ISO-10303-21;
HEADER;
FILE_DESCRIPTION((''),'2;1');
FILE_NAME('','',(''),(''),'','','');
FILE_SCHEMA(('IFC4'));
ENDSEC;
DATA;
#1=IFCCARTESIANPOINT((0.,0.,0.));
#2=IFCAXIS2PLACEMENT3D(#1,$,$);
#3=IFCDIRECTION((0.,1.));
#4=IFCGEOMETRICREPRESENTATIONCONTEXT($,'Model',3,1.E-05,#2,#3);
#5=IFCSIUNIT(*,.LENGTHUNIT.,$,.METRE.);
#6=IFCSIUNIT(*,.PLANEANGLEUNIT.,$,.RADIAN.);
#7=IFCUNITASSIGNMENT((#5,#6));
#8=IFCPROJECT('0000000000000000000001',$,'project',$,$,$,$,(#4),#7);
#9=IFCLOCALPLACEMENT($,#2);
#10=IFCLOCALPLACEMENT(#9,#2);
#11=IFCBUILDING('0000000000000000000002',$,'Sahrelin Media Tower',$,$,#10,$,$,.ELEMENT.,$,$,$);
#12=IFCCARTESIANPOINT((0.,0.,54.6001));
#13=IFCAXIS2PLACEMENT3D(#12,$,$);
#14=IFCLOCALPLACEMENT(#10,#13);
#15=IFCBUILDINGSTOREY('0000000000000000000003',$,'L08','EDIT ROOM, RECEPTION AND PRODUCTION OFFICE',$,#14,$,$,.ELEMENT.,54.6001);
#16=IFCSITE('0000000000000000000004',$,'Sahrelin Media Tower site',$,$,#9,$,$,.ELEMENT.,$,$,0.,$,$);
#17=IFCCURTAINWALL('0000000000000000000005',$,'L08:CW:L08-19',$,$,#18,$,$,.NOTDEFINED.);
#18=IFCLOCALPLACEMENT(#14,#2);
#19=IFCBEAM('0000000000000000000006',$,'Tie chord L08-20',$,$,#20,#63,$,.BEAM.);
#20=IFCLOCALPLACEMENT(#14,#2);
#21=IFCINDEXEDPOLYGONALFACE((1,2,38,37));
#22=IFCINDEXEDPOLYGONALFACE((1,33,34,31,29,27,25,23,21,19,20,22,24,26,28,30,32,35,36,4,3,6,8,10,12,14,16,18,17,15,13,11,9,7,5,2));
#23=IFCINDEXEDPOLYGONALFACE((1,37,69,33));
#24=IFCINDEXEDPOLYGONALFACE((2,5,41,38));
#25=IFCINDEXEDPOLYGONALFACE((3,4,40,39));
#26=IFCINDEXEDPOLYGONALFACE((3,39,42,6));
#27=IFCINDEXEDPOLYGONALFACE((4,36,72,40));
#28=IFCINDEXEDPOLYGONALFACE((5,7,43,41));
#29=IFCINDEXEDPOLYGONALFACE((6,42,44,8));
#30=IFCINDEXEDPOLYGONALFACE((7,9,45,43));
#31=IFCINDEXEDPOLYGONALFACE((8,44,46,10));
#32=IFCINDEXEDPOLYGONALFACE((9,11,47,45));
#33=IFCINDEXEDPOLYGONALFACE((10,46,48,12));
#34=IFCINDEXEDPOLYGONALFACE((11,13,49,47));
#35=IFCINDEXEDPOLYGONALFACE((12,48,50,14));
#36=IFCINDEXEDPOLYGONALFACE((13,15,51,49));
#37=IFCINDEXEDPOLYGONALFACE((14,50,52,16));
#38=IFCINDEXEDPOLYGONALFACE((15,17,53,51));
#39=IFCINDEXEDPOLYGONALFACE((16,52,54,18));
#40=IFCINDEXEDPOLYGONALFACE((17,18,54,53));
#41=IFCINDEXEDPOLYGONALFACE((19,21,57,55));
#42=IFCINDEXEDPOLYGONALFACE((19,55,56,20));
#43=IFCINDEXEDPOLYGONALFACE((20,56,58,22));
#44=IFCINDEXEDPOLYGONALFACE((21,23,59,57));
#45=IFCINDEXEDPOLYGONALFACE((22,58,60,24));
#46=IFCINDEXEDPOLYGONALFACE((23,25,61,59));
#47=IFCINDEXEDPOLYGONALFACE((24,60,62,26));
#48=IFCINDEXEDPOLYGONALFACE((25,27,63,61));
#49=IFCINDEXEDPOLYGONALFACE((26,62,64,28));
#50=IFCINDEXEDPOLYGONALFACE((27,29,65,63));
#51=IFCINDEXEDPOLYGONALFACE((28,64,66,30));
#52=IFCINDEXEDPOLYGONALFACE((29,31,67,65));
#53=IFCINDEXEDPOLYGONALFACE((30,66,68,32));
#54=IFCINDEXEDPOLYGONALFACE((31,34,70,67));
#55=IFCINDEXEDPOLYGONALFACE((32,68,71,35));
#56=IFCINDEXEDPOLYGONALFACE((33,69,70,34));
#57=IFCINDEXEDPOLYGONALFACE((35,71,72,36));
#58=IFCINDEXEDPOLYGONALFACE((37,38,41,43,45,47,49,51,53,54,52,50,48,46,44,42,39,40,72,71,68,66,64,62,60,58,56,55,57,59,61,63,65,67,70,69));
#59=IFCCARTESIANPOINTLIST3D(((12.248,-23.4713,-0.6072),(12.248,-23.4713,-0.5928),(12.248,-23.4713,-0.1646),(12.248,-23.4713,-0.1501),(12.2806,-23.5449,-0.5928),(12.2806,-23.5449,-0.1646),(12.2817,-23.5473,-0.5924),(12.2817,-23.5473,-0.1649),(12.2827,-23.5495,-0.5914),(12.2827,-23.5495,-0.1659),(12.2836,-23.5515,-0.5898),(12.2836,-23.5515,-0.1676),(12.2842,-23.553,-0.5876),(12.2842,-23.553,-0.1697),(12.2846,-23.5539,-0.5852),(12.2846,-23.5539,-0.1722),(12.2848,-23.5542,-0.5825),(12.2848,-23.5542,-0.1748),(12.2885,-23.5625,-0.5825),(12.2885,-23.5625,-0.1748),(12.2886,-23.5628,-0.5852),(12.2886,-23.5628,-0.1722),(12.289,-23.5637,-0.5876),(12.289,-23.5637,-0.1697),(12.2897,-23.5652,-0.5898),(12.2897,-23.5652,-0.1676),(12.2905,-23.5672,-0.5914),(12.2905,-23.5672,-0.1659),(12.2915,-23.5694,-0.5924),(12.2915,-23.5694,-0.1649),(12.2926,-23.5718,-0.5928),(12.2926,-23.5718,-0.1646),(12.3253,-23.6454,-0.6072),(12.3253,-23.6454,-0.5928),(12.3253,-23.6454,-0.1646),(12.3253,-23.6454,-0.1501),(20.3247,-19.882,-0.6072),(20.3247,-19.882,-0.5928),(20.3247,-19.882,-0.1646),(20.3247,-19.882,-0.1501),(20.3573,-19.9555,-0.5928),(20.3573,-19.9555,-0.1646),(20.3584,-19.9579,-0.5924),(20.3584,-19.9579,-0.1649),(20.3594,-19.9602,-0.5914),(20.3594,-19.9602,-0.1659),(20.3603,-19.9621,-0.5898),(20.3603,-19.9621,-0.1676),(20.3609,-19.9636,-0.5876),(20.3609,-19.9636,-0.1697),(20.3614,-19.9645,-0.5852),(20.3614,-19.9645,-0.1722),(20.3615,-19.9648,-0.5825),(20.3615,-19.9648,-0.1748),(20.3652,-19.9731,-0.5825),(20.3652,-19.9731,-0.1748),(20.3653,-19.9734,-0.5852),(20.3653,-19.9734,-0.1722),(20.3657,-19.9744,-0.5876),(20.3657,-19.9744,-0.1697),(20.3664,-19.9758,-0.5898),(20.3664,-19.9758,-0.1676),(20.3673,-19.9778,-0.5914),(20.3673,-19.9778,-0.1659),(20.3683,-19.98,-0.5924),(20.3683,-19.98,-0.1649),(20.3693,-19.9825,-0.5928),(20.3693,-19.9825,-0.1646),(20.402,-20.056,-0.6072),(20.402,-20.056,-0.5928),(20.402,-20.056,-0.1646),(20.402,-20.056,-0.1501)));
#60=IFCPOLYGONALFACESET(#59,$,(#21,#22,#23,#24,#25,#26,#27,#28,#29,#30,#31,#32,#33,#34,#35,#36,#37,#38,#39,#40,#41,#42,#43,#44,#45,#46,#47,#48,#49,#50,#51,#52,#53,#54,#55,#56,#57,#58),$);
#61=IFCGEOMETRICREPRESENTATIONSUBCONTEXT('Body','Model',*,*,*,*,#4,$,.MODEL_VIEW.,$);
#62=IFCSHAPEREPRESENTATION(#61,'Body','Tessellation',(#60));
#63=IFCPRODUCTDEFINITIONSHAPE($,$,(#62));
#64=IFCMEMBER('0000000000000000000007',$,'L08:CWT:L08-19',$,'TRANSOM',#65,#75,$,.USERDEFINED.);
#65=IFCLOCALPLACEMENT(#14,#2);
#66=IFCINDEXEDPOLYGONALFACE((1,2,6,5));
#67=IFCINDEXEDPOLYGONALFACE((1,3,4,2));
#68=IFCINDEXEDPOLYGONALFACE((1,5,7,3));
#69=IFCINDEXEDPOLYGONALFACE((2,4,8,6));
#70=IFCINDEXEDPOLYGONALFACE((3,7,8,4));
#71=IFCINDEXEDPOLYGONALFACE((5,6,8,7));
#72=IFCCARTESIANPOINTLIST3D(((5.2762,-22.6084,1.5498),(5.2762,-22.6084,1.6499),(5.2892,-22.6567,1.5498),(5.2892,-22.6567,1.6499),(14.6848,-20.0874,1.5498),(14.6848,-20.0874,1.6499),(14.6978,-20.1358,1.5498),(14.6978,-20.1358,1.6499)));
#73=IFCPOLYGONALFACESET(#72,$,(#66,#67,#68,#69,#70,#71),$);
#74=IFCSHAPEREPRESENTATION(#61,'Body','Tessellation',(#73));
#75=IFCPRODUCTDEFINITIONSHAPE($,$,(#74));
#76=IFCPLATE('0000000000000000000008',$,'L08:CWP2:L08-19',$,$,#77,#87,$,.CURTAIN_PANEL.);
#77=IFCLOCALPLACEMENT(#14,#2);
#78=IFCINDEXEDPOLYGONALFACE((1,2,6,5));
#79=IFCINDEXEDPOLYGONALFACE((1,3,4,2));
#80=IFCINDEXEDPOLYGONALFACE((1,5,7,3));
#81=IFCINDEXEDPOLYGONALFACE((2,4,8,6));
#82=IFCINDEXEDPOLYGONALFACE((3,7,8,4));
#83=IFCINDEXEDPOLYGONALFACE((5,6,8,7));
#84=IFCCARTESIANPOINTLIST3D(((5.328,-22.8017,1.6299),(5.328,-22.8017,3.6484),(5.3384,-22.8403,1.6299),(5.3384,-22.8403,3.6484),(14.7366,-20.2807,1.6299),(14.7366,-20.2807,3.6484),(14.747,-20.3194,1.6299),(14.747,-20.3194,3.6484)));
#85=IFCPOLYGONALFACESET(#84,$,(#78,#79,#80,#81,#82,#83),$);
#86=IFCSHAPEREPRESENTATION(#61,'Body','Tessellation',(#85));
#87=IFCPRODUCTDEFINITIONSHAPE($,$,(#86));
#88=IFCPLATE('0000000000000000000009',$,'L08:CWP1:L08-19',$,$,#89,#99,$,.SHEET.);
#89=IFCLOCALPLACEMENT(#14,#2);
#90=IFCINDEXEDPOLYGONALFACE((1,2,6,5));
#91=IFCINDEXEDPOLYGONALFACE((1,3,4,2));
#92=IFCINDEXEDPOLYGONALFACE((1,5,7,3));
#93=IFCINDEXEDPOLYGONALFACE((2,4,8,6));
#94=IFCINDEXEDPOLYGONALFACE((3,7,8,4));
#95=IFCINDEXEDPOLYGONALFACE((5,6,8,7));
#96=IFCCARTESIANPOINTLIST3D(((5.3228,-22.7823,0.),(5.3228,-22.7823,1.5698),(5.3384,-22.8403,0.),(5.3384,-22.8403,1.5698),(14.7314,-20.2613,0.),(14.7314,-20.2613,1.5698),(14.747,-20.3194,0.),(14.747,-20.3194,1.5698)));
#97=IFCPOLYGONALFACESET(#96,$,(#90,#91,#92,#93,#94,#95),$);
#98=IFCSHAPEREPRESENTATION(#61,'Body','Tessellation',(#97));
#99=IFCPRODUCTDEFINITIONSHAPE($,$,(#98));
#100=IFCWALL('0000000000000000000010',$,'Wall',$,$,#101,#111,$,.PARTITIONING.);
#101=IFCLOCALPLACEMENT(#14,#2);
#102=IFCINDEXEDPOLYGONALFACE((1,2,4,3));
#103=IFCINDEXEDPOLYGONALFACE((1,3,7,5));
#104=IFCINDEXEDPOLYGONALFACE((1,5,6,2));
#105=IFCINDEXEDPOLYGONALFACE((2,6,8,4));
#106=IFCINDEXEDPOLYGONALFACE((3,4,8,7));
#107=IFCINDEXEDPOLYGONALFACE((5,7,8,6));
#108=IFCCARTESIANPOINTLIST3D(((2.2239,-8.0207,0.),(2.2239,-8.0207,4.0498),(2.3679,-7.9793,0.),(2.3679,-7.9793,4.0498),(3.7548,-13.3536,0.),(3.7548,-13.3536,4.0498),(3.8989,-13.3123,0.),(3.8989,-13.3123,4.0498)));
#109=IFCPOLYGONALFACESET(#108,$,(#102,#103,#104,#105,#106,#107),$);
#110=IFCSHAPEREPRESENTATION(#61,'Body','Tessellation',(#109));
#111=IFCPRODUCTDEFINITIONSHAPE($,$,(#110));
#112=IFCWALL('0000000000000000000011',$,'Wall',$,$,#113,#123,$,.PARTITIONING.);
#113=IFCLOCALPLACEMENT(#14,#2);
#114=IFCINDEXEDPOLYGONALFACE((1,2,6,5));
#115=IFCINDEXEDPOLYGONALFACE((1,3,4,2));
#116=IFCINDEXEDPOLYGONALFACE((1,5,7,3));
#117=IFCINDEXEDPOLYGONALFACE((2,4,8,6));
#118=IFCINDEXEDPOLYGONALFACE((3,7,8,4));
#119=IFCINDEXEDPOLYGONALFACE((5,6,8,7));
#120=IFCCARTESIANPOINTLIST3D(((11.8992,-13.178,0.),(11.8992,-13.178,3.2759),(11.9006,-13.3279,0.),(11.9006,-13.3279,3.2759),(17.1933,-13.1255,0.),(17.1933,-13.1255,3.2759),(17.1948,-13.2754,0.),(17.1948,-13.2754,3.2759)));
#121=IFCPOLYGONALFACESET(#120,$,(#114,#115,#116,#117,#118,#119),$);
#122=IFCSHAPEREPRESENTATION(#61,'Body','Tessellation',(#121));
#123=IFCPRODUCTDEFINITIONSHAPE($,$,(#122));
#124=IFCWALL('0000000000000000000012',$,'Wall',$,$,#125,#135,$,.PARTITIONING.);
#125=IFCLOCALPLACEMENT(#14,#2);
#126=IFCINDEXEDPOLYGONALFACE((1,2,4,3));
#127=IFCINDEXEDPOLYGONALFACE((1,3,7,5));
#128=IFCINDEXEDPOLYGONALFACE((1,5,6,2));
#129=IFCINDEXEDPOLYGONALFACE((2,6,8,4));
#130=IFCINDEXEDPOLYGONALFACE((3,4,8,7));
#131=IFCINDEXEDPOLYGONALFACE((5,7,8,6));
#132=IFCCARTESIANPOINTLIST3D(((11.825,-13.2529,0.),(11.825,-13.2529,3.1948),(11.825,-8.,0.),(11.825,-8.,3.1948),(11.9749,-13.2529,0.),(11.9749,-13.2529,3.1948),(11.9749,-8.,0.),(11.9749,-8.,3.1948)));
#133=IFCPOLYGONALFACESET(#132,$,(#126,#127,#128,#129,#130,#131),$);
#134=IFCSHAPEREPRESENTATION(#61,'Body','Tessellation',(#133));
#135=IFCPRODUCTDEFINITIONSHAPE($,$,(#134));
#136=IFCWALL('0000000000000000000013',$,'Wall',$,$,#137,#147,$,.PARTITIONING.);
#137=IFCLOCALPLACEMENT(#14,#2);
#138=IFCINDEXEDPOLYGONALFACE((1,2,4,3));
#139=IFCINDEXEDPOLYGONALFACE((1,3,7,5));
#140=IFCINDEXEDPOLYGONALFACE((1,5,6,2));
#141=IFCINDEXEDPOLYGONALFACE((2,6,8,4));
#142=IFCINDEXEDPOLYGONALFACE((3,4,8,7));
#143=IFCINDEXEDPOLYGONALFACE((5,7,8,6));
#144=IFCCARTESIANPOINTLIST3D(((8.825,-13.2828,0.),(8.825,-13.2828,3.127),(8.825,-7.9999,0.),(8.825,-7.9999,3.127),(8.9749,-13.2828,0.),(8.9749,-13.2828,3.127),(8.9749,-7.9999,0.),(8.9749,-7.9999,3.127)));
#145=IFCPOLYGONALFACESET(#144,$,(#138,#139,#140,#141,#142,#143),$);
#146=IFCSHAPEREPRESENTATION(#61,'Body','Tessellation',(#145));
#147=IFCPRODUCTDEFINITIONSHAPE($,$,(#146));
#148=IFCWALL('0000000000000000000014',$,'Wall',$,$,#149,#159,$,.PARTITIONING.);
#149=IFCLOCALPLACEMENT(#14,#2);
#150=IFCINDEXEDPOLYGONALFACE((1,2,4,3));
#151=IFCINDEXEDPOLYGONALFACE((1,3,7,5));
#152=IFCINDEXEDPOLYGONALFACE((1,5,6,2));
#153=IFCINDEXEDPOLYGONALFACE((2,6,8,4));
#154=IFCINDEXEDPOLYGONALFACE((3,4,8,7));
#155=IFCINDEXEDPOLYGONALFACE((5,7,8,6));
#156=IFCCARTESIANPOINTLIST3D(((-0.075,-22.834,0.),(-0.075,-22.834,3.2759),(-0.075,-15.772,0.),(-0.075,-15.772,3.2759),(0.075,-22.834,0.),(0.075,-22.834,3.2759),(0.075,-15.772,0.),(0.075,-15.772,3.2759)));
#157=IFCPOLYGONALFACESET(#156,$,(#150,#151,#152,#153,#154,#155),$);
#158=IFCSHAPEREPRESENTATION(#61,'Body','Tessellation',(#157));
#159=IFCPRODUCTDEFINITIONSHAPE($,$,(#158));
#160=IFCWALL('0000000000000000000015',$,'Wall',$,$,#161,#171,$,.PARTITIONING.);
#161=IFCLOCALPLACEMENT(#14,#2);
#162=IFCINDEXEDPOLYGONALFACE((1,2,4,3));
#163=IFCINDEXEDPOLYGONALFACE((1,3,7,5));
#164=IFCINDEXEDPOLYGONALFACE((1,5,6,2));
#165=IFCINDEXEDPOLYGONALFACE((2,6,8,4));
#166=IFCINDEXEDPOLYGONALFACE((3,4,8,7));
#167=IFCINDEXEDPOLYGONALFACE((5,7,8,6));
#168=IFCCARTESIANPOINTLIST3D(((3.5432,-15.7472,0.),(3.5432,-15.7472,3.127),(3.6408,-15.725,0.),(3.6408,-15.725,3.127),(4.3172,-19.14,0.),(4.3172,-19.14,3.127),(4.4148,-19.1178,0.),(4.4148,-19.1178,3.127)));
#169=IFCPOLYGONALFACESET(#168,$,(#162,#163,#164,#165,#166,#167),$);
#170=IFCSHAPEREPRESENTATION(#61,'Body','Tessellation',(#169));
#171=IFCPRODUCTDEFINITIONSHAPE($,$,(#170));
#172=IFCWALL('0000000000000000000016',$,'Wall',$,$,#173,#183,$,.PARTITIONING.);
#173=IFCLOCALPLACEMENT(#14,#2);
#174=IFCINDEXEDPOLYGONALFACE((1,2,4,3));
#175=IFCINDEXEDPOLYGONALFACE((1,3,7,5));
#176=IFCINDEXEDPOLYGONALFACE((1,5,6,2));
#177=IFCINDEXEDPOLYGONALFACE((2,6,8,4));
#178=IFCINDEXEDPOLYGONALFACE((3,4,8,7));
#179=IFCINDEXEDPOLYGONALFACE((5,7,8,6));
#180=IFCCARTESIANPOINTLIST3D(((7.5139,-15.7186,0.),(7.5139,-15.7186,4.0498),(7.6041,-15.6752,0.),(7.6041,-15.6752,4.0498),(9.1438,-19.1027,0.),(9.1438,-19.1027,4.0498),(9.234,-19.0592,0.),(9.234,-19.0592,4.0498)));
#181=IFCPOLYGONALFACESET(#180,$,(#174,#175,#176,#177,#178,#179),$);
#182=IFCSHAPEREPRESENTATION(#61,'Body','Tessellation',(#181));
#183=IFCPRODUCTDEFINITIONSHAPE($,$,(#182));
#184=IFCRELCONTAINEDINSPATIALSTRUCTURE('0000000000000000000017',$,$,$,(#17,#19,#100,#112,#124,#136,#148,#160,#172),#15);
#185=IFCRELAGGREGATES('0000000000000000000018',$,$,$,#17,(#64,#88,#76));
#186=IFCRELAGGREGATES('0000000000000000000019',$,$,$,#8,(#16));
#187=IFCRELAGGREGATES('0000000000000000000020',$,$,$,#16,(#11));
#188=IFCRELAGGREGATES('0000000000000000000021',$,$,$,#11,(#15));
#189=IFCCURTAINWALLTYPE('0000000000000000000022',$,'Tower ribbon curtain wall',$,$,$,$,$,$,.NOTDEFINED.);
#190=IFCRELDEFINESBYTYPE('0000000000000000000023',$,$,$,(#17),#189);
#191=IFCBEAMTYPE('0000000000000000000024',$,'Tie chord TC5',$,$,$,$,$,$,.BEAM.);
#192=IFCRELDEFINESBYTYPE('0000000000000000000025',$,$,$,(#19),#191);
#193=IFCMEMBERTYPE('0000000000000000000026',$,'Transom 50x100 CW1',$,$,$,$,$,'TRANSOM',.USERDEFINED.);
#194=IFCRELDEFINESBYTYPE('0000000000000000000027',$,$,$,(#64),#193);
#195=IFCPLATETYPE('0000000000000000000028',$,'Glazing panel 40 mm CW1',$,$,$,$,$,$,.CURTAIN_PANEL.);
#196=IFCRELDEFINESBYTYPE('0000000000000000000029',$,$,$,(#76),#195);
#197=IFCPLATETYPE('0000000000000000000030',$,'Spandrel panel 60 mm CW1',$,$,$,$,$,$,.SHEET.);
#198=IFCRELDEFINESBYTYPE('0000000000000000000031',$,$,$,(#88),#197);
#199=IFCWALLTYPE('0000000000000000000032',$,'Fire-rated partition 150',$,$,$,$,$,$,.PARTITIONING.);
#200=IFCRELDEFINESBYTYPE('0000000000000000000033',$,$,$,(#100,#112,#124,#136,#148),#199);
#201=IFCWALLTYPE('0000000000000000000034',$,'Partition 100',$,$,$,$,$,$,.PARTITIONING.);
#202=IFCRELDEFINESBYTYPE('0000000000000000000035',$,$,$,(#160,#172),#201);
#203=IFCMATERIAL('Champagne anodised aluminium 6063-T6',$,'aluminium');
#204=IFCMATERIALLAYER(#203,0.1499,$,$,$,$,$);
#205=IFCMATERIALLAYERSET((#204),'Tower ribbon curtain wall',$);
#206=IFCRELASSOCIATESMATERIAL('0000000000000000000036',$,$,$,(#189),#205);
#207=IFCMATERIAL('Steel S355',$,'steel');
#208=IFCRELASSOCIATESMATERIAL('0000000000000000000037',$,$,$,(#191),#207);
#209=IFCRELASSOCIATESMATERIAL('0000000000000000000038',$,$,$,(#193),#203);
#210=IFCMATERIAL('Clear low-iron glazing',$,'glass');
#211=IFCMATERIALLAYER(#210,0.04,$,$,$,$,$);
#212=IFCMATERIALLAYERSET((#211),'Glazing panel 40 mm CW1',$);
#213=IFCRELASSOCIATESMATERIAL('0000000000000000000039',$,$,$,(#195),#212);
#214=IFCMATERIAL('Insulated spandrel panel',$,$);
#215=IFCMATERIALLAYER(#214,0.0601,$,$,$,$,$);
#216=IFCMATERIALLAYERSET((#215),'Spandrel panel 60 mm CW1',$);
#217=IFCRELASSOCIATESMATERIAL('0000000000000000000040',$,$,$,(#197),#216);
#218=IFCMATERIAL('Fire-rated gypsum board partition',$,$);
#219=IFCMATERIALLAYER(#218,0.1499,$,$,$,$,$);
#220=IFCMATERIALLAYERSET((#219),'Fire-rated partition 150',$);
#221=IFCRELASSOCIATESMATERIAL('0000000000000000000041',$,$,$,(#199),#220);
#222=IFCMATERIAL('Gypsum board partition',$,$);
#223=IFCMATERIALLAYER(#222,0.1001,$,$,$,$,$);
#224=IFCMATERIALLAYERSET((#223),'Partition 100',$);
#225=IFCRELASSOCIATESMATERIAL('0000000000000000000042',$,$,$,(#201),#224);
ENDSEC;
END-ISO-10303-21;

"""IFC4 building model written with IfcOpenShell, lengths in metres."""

from ifc_helpers import new_model, si_unit, direction, frame, frame_2d, origin, origin_2d, place, context, subcontext, project, spatial, polyline, rectangle, i_section, outline, extrude, material, layer, layer_set, material_profile, profile_set, type_object, element, aggregate, save


model = new_model("IFC4")

# Units and contexts
model_context = context("Model", 3, precision=1e-05, world=origin(), true_north=direction((0.0, 1.0)))
body_context = subcontext(model_context, "Body", "Model", "MODEL_VIEW")
ifc_project = project(units=[si_unit("LENGTHUNIT", "METRE"), si_unit("PLANEANGLEUNIT", "RADIAN")], contexts=[model_context])

# Site, building, storey
site_placement = place(None, origin())
site = spatial("IfcSite", under=ifc_project, at=site_placement, Name="Sahrelin Media Tower site", CompositionType="ELEMENT", RefElevation=0.0)
building_placement = place(site_placement, origin())
building = spatial("IfcBuilding", under=site, at=building_placement, Name="Sahrelin Media Tower", CompositionType="ELEMENT")
storey_placement = place(building_placement, frame((0.0, 0.0, 54.6001)))
storey = spatial("IfcBuildingStorey", under=building, at=storey_placement, Name="L08", Description="EDIT ROOM, RECEPTION AND PRODUCTION OFFICE", CompositionType="ELEMENT", Elevation=54.6001)

# Shared definitions
ifc_material_1 = material(Name="Steel S355", Category="steel")

# Curtain wall
ifc_material_2 = material(Name="Champagne anodised aluminium 6063-T6", Category="aluminium")
ifc_layer_1 = layer(ifc_material_2, 0.1499)
ifc_layer_set_1 = layer_set([ifc_layer_1], Name="Tower ribbon curtain wall")
curtain_wall_type = type_object("IfcCurtainWallType", Name="Tower ribbon curtain wall", PredefinedType="NOTDEFINED", material=ifc_layer_set_1)
curtain_wall_placement = place(storey_placement, frame((10.0376, -21.5603, 0.0), z_axis=(0.0, 0.0, 1.0), x_axis=(1.0, 0.0, 0.0)))
curtain_wall = element("IfcCurtainWall", 1, at=curtain_wall_placement, inside=storey, type_object=curtain_wall_type, Name="L08:CW:L08-19", PredefinedType="NOTDEFINED")

# Beam
ifc_material_profile_1 = material_profile(ifc_material_1, i_section(OverallWidth=0.1904, OverallDepth=0.457, WebThickness=0.009, FlangeThickness=0.0144, FilletRadius=0.0103, at=origin_2d()), Name="UB 457x191x74")
ifc_profile_set_1 = profile_set([ifc_material_profile_1], Name="Steel S355")
beam_type_1 = type_object("IfcBeamType", Name="Tie chord TC5", PredefinedType="BEAM", material=ifc_profile_set_1)
beam_1_placement = place(storey_placement, frame((12.2866, -23.5583, -0.3787), z_axis=(0.913823, 0.406113, 0.0), x_axis=(-0.406113, 0.913823, 0.0)))
element("IfcBeam", 2, at=beam_1_placement, inside=storey, type_object=beam_type_1, Name="Tie chord L08-20", PredefinedType="BEAM", context=body_context, shape_type="SweptSolid", body=[
    extrude(i_section(OverallWidth=0.1904, OverallDepth=0.457, WebThickness=0.009, FlangeThickness=0.0144, FilletRadius=0.0103, at=origin_2d()), origin(), (0.0, 0.0, 1.0), 8.8384),
])

# Member
ifc_material_profile_2 = material_profile(ifc_material_2, rectangle(XDim=0.05, YDim=0.1001, at=origin_2d()), Name="Transom 50x100")
ifc_profile_set_2 = profile_set([ifc_material_profile_2], Name="Champagne anodised aluminium 6063-T6")
member_type_1 = type_object("IfcMemberType", Name="Transom 50x100 CW1", ElementType="TRANSOM", PredefinedType="USERDEFINED", material=ifc_profile_set_2)
member_1_placement = place(storey_placement, frame((5.2827, -22.6326, 1.5999), z_axis=(0.965927, 0.258814, 0.0), x_axis=(-0.258814, 0.965927, 0.0)))
member_1 = element("IfcMember", 3, at=member_1_placement, type_object=member_type_1, Name="L08:CWT:L08-19", ObjectType="TRANSOM", PredefinedType="USERDEFINED", context=body_context, shape_type="SweptSolid", body=[
    extrude(rectangle(XDim=0.05, YDim=0.1001, at=origin_2d()), origin(), (0.0, 0.0, 1.0), 9.7405),
])

# Plates
ifc_material_3 = material(Name="Clear low-iron glazing", Category="glass")
ifc_layer_2 = layer(ifc_material_3, 0.04)
ifc_layer_set_2 = layer_set([ifc_layer_2], Name="Glazing panel 40 mm CW1")
plate_type_1 = type_object("IfcPlateType", Name="Glazing panel 40 mm CW1", PredefinedType="CURTAIN_PANEL", material=ifc_layer_set_2)
plate_1_placement = place(storey_placement, frame((5.3384, -22.8403, 1.6299), z_axis=(0.258814, -0.965927, 0.0), x_axis=(0.965927, 0.258814, 0.0)))
plate_1 = element("IfcPlate", 4, at=plate_1_placement, type_object=plate_type_1, Name="L08:CWP2:L08-19", PredefinedType="CURTAIN_PANEL", context=body_context, shape_type="SweptSolid", body=[
    extrude(outline(polyline([(0.0, 0.0), (9.7405, 0.0), (9.7405, 2.0186), (0.0, 2.0186), (0.0, 0.0)])), origin(), (0.0, 0.0, -1.0), 0.04),
])
ifc_material_4 = material(Name="Insulated spandrel panel")
ifc_layer_3 = layer(ifc_material_4, 0.0601)
ifc_layer_set_3 = layer_set([ifc_layer_3], Name="Spandrel panel 60 mm CW1")
plate_type_2 = type_object("IfcPlateType", Name="Spandrel panel 60 mm CW1", PredefinedType="SHEET", material=ifc_layer_set_3)
plate_2_placement = place(storey_placement, frame((5.3384, -22.8403, 0.0), z_axis=(0.258814, -0.965927, 0.0), x_axis=(0.965927, 0.258814, 0.0)))
plate_2 = element("IfcPlate", 5, at=plate_2_placement, type_object=plate_type_2, Name="L08:CWP1:L08-19", PredefinedType="SHEET", context=body_context, shape_type="SweptSolid", body=[
    extrude(outline(polyline([(0.0, 0.0), (9.7405, 0.0), (9.7405, 1.5698), (0.0, 1.5698), (0.0, 0.0)])), origin(), (0.0, 0.0, -1.0), 0.0601),
])
aggregate(curtain_wall, [member_1, plate_2, plate_1])

# Walls
ifc_material_5 = material(Name="Fire-rated gypsum board partition")
ifc_layer_4 = layer(ifc_material_5, 0.1499)
ifc_layer_set_4 = layer_set([ifc_layer_4], Name="Fire-rated partition 150")
wall_type_1 = type_object("IfcWallType", Name="Fire-rated partition 150", PredefinedType="PARTITIONING", material=ifc_layer_set_4)
wall_1_placement = place(storey_placement, frame((2.2959, -8.0, 0.0), z_axis=(0.0, 0.0, 1.0), x_axis=(0.275936, -0.961176, 0.0)))
element("IfcWall", 6, at=wall_1_placement, inside=storey, type_object=wall_type_1, Name="Wall", PredefinedType="PARTITIONING", context=body_context, shape_type="SweptSolid", body=[
    extrude(rectangle(XDim=5.5483, YDim=0.1499, at=frame_2d((2.7742, 0.0))), origin(), (0.0, 0.0, 1.0), 4.0498),
])
wall_2_placement = place(storey_placement, frame((11.8999, -13.2529, 0.0), z_axis=(0.0, 0.0, 1.0), x_axis=(0.999951, 0.009914, 0.0)))
element("IfcWall", 7, at=wall_2_placement, inside=storey, type_object=wall_type_1, Name="Wall", PredefinedType="PARTITIONING", context=body_context, shape_type="SweptSolid", body=[
    extrude(rectangle(XDim=5.2944, YDim=0.1499, at=frame_2d((2.6472, 0.0))), origin(), (0.0, 0.0, 1.0), 3.2759),
])
wall_3_placement = place(storey_placement, frame((11.8999, -13.2529, 0.0), z_axis=(0.0, 0.0, 1.0), x_axis=(0.0, 1.0, 0.0)))
element("IfcWall", 8, at=wall_3_placement, inside=storey, type_object=wall_type_1, Name="Wall", PredefinedType="PARTITIONING", context=body_context, shape_type="SweptSolid", body=[
    extrude(rectangle(XDim=5.2529, YDim=0.1499, at=frame_2d((2.6265, 0.0))), origin(), (0.0, 0.0, 1.0), 3.1948),
])
wall_4_placement = place(storey_placement, frame((8.8999, -13.283, 0.0), z_axis=(0.0, 0.0, 1.0), x_axis=(0.0, 1.0, 0.0)))
element("IfcWall", 9, at=wall_4_placement, inside=storey, type_object=wall_type_1, Name="Wall", PredefinedType="PARTITIONING", context=body_context, shape_type="SweptSolid", body=[
    extrude(rectangle(XDim=5.283, YDim=0.1499, at=frame_2d((2.6416, 0.0))), origin(), (0.0, 0.0, 1.0), 3.127),
])
wall_5_placement = place(storey_placement, frame((0.0, -22.834, 0.0), z_axis=(0.0, 0.0, 1.0), x_axis=(0.0, 1.0, 0.0)))
element("IfcWall", 10, at=wall_5_placement, inside=storey, type_object=wall_type_1, Name="Wall", PredefinedType="PARTITIONING", context=body_context, shape_type="SweptSolid", body=[
    extrude(rectangle(XDim=7.062, YDim=0.1499, at=frame_2d((3.531, 0.0))), origin(), (0.0, 0.0, 1.0), 3.2759),
])
ifc_material_6 = material(Name="Gypsum board partition")
ifc_layer_5 = layer(ifc_material_6, 0.1001)
ifc_layer_set_5 = layer_set([ifc_layer_5], Name="Partition 100")
wall_type_2 = type_object("IfcWallType", Name="Partition 100", PredefinedType="PARTITIONING", material=ifc_layer_set_5)
wall_6_placement = place(storey_placement, frame((3.592, -15.7361, 0.0), z_axis=(0.0, 0.0, 1.0), x_axis=(0.222394, -0.974957, 0.0)))
element("IfcWall", 11, at=wall_6_placement, inside=storey, type_object=wall_type_2, Name="Wall", PredefinedType="PARTITIONING", context=body_context, shape_type="SweptSolid", body=[
    extrude(rectangle(XDim=3.48, YDim=0.1001, at=frame_2d((1.74, 0.0))), origin(), (0.0, 0.0, 1.0), 3.127),
])
wall_7_placement = place(storey_placement, frame((7.5591, -15.697, 0.0), z_axis=(0.0, 0.0, 1.0), x_axis=(0.433931, -0.900946, 0.0)))
element("IfcWall", 12, at=wall_7_placement, inside=storey, type_object=wall_type_2, Name="Wall", PredefinedType="PARTITIONING", context=body_context, shape_type="SweptSolid", body=[
    extrude(rectangle(XDim=3.7561, YDim=0.1001, at=frame_2d((1.8779, 0.0))), origin(), (0.0, 0.0, 1.0), 4.0498),
])

save(model, "model.ifc")
